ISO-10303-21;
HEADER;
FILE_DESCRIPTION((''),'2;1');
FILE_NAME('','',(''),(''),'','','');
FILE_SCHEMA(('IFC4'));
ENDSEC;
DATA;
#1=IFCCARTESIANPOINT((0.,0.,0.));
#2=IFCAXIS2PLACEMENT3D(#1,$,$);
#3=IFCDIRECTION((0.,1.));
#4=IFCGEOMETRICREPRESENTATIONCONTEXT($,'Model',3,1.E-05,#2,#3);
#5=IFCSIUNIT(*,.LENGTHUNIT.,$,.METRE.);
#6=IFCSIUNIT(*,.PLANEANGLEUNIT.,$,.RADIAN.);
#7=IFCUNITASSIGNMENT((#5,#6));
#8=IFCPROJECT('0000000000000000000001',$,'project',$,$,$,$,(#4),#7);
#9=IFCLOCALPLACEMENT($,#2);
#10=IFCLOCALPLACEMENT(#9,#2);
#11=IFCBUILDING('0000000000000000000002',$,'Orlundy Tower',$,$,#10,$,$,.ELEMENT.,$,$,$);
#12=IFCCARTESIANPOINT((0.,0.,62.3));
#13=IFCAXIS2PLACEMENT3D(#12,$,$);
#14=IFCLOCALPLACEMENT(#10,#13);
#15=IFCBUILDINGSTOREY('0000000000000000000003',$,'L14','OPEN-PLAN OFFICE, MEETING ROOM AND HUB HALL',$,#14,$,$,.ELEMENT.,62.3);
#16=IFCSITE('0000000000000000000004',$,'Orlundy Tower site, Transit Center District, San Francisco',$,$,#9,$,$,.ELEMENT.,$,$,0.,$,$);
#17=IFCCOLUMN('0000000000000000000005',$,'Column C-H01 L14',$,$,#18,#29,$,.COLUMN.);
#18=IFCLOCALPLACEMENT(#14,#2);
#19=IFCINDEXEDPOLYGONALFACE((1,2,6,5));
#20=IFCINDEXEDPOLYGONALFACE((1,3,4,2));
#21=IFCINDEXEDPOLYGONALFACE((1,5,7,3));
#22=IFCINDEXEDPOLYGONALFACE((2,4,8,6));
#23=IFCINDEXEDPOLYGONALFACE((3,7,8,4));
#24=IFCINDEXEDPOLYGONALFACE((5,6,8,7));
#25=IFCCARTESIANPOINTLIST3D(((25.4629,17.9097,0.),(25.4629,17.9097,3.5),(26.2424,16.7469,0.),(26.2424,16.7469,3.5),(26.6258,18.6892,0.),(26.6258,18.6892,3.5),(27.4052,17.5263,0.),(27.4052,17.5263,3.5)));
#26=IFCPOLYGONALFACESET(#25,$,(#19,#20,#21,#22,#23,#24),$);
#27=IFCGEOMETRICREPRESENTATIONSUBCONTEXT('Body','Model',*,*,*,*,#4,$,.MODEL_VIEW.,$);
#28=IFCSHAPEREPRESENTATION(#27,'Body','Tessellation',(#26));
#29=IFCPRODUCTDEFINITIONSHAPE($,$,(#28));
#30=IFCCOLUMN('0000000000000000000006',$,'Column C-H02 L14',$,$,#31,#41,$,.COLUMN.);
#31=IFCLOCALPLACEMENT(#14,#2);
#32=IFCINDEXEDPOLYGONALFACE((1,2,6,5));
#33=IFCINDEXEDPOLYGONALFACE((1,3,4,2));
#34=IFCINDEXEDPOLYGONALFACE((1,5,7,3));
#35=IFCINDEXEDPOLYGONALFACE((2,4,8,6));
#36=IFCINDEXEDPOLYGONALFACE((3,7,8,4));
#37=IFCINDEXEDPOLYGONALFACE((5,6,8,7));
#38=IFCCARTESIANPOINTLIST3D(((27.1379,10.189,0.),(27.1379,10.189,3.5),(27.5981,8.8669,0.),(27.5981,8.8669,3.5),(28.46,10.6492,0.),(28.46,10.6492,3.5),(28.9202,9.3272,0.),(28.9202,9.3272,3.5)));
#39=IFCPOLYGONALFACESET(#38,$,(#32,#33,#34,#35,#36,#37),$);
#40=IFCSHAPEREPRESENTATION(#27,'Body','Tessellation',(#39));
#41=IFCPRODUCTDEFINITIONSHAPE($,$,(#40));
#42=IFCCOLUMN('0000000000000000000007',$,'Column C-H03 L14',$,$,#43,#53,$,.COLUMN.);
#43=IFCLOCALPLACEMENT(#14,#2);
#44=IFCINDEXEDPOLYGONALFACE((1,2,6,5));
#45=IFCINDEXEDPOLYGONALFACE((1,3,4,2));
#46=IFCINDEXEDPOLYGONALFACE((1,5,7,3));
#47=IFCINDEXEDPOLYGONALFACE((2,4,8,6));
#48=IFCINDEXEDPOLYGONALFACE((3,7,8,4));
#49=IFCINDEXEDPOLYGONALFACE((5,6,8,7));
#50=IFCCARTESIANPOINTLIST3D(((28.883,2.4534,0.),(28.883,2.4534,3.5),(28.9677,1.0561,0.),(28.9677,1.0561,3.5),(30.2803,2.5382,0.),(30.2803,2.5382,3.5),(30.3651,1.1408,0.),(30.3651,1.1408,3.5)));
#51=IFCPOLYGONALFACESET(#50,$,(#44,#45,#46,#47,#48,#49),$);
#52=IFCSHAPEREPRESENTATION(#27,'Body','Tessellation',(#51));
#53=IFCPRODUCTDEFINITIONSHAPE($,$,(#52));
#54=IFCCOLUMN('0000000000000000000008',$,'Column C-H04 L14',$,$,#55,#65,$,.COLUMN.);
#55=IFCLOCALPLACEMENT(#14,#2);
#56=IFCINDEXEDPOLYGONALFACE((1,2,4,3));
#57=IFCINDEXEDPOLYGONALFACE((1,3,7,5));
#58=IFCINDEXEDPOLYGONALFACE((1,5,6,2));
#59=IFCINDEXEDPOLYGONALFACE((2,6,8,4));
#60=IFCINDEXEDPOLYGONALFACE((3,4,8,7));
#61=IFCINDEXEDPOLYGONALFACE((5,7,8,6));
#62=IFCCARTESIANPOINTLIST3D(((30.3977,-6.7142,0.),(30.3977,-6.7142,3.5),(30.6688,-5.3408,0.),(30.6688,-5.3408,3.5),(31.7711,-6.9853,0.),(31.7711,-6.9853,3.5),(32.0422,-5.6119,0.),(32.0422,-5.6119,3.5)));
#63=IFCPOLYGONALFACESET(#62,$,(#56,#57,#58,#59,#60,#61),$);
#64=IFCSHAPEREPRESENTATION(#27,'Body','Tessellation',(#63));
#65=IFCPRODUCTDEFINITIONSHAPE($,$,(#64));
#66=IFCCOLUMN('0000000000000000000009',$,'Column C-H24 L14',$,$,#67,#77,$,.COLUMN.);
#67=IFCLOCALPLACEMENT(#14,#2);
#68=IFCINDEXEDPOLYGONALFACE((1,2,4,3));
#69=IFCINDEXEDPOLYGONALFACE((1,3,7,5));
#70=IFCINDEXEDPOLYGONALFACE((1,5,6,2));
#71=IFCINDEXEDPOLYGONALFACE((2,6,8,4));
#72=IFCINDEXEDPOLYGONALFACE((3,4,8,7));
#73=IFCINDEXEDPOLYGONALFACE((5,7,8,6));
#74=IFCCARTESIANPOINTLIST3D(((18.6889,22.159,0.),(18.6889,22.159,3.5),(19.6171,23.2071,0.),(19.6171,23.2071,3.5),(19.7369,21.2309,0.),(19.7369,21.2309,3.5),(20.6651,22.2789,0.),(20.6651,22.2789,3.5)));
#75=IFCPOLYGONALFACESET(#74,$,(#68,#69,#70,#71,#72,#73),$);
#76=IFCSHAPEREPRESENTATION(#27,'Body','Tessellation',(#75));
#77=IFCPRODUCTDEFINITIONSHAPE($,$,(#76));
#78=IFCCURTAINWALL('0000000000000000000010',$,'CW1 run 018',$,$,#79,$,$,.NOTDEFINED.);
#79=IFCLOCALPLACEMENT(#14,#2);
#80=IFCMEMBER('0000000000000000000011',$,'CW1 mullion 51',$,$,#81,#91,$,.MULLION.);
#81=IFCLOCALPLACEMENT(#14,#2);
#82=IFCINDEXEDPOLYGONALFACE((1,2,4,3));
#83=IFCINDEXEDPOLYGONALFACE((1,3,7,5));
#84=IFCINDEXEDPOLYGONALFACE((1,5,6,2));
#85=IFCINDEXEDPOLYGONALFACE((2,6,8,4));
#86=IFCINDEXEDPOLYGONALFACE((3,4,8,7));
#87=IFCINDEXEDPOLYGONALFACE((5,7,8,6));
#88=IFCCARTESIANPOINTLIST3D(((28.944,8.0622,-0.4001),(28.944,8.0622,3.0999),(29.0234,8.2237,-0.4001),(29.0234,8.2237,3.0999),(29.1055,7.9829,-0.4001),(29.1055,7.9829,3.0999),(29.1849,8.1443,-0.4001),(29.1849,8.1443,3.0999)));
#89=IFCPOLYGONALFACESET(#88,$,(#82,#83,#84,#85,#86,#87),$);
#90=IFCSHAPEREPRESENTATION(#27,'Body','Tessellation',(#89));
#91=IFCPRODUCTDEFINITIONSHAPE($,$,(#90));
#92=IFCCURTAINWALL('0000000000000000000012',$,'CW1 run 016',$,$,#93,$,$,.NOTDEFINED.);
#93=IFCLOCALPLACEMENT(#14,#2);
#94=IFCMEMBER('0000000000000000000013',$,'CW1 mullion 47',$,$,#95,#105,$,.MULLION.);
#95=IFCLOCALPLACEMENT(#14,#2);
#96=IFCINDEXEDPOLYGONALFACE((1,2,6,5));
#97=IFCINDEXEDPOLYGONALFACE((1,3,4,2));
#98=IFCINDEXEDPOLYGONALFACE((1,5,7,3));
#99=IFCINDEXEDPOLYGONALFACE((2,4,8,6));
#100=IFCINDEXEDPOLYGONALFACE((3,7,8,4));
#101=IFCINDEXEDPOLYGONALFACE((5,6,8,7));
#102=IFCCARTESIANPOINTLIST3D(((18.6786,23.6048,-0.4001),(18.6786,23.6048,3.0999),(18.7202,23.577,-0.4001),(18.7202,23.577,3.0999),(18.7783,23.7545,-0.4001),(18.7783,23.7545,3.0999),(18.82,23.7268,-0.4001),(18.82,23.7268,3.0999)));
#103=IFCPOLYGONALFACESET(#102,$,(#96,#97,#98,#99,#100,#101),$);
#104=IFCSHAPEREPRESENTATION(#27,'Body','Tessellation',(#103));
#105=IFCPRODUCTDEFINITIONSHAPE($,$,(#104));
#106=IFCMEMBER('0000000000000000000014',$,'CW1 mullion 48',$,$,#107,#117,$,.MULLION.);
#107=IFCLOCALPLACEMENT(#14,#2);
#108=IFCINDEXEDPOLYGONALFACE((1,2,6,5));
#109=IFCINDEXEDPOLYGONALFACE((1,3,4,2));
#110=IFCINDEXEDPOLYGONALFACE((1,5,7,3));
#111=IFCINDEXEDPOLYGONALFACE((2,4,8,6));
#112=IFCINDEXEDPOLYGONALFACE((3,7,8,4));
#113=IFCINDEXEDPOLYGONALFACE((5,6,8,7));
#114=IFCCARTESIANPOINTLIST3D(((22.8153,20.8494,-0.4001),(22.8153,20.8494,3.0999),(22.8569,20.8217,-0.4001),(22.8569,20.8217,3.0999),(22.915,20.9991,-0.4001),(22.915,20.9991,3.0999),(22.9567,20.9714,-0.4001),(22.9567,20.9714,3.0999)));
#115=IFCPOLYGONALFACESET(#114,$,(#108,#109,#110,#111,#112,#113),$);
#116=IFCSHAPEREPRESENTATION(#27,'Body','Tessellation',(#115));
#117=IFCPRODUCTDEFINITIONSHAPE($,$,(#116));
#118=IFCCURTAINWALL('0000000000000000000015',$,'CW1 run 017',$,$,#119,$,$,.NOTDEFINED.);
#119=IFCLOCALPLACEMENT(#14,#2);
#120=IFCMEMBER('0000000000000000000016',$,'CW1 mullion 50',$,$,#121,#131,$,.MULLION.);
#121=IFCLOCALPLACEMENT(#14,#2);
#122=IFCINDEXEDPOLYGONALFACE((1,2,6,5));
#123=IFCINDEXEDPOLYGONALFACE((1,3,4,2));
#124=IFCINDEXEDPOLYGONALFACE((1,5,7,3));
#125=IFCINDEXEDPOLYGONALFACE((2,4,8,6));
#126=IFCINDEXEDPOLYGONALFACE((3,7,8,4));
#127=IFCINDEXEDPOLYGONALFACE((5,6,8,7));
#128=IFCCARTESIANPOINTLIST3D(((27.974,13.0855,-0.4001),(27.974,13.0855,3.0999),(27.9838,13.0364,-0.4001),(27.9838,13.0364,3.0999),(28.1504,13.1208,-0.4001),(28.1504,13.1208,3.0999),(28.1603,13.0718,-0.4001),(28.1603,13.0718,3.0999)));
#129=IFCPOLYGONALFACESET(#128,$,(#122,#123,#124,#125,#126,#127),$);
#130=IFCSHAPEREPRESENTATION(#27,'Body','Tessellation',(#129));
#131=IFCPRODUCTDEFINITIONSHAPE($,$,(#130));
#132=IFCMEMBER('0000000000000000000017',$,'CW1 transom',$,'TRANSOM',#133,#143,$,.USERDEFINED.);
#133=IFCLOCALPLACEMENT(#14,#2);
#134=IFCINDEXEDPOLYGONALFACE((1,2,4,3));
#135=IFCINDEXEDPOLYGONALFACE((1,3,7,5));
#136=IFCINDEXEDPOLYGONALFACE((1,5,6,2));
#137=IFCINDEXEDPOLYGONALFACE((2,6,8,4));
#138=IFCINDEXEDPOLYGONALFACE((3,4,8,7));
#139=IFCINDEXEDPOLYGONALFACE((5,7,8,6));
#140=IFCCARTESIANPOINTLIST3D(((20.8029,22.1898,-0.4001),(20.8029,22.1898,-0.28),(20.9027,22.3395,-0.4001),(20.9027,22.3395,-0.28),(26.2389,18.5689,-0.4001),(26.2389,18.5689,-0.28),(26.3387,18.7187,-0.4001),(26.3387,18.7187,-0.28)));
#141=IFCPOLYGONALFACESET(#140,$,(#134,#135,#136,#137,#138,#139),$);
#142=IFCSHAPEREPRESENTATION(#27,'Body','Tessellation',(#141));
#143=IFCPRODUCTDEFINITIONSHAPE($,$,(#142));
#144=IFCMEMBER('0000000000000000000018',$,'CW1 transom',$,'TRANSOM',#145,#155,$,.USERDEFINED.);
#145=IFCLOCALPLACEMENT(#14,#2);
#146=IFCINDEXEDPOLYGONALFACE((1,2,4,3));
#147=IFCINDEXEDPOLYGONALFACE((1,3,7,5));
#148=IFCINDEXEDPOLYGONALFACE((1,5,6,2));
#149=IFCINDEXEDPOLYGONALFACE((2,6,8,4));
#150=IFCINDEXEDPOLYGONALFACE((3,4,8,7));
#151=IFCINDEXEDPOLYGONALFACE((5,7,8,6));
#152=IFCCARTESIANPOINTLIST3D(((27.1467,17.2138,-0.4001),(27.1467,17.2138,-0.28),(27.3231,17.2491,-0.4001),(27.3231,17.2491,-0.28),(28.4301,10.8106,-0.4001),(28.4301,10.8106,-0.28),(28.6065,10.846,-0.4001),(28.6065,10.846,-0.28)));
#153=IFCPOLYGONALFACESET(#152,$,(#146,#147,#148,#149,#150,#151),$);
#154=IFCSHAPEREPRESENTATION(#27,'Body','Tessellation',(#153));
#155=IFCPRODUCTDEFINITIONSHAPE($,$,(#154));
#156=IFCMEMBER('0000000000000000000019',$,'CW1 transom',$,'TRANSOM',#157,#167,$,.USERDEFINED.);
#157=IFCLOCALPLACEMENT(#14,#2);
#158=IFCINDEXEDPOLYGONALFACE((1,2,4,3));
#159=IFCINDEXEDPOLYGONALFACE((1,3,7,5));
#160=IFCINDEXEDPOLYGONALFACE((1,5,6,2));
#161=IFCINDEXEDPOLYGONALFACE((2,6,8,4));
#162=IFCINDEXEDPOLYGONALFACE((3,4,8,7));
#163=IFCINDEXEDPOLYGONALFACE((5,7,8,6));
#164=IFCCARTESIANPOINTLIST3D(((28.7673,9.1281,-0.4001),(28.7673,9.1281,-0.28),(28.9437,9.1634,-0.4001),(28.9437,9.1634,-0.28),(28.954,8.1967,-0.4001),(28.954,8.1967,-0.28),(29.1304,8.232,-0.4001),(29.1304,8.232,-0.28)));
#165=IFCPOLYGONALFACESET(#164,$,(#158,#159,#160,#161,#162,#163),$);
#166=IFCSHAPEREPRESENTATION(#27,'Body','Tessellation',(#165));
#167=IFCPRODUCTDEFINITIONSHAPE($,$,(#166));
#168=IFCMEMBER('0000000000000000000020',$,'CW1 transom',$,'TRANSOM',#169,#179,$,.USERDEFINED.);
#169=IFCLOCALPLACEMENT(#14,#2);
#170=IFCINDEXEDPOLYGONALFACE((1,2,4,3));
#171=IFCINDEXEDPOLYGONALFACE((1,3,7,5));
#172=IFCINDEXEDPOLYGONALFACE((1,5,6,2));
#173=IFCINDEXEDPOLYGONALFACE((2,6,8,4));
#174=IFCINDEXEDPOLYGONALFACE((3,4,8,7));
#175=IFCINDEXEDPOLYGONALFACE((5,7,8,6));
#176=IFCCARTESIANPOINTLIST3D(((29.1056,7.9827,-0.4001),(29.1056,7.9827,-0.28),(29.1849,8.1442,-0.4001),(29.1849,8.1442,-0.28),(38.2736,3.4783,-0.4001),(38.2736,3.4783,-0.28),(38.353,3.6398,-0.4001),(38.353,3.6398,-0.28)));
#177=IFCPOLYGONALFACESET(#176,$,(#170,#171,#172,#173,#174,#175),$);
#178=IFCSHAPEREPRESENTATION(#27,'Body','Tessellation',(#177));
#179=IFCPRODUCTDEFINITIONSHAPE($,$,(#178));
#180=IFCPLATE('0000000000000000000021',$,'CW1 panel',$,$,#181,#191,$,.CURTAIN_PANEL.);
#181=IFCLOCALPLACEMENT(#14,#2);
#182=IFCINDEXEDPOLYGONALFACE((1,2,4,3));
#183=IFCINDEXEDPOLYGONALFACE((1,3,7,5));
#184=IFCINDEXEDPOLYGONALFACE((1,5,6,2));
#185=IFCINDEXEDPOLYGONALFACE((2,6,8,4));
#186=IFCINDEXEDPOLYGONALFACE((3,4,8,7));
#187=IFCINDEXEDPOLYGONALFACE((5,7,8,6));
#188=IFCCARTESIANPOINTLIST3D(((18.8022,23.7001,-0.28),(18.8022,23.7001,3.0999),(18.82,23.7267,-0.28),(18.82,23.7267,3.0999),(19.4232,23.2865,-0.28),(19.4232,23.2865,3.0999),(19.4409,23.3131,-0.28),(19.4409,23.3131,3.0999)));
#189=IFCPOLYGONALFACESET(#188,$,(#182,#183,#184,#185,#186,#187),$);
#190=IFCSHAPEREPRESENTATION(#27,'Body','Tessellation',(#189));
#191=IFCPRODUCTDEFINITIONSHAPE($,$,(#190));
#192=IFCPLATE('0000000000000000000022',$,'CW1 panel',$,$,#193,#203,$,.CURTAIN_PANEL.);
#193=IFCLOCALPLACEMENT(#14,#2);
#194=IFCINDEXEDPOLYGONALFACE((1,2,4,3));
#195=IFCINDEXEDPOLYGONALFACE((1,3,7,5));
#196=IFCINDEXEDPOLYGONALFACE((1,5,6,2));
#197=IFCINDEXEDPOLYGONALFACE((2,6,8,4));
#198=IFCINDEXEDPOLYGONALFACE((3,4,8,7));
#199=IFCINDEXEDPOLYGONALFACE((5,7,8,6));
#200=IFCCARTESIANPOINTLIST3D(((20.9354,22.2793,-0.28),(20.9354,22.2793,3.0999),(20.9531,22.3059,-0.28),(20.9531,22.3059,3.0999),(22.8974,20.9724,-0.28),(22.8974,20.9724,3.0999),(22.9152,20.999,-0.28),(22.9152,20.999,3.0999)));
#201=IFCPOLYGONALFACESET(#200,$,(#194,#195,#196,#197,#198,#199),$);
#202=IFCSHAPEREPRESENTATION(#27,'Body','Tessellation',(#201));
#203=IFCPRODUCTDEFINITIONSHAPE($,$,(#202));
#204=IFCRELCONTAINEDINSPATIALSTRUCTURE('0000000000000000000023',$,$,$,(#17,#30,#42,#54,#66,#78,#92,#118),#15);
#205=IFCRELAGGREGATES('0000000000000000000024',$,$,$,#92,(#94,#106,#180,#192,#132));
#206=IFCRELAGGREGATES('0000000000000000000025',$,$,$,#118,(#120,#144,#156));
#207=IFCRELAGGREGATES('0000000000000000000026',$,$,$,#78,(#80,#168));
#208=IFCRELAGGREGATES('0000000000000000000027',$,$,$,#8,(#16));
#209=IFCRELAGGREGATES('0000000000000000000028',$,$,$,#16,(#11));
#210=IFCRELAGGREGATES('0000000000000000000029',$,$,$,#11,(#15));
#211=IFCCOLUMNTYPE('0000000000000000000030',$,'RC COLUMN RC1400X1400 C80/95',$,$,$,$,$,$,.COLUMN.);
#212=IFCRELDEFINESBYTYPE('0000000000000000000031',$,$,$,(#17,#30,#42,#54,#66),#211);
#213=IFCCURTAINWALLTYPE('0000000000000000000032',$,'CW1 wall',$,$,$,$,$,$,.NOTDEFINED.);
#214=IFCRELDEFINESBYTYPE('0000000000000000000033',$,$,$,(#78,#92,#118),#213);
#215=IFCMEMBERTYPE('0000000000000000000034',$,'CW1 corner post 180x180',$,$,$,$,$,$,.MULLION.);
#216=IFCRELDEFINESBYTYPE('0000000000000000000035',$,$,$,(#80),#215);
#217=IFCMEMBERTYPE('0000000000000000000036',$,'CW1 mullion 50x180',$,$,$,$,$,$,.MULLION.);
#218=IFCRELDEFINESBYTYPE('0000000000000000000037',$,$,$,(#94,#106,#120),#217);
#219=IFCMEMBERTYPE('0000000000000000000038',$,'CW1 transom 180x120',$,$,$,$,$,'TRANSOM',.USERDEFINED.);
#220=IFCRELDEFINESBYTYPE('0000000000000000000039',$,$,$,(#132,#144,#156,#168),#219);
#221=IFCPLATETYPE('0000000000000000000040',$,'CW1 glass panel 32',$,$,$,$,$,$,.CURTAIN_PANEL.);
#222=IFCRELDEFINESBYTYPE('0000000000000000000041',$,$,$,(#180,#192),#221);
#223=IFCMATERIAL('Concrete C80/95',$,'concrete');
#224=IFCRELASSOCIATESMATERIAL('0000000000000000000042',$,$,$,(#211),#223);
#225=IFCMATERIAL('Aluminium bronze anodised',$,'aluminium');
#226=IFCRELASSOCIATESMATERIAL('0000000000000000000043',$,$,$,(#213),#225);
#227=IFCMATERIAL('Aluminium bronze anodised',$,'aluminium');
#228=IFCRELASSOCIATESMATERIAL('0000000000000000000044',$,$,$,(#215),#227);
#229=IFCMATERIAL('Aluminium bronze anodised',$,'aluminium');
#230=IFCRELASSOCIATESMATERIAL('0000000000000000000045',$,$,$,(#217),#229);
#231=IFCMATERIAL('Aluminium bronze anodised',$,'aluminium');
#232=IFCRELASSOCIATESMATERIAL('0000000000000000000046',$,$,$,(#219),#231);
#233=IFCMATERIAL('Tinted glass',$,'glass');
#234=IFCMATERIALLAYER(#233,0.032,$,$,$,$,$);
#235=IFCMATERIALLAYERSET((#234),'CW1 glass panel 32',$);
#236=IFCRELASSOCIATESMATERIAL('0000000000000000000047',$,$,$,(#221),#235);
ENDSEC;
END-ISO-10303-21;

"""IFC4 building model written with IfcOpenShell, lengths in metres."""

from ifc_helpers import new_model, si_unit, direction, frame, origin, origin_2d, place, context, subcontext, project, spatial, rectangle, extrude, material, layer, layer_set, material_profile, profile_set, type_object, element, aggregate, save


model = new_model("IFC4")

# Units and contexts
model_context = context("Model", 3, precision=1e-05, world=origin(), true_north=direction((0.0, 1.0)))
body_context = subcontext(model_context, "Body", "Model", "MODEL_VIEW")
ifc_project = project(units=[si_unit("LENGTHUNIT", "METRE"), si_unit("PLANEANGLEUNIT", "RADIAN")], contexts=[model_context])

# Site, building, storey
site_placement = place(None, origin())
site = spatial("IfcSite", under=ifc_project, at=site_placement, Name="Orlundy Tower site, Transit Center District, San Francisco", CompositionType="ELEMENT", RefElevation=0.0)
building_placement = place(site_placement, origin())
building = spatial("IfcBuilding", under=site, at=building_placement, Name="Orlundy Tower", CompositionType="ELEMENT")
storey_placement = place(building_placement, frame((0.0, 0.0, 62.3)))
storey = spatial("IfcBuildingStorey", under=building, at=storey_placement, Name="L14", Description="OPEN-PLAN OFFICE, MEETING ROOM AND HUB HALL", CompositionType="ELEMENT", Elevation=62.3)

# Columns
ifc_material_1 = material(Name="Concrete C80/95", Category="concrete")
ifc_material_profile_1 = material_profile(ifc_material_1, rectangle(XDim=1.3999, YDim=1.3999, at=origin_2d()), Name="RC1400X1400")
ifc_profile_set_1 = profile_set([ifc_material_profile_1], Name="Concrete C80/95")
column_type = type_object("IfcColumnType", Name="RC COLUMN RC1400X1400 C80/95", PredefinedType="COLUMN", material=ifc_profile_set_1)
for number, where, z_axis, x_axis, name in (
    (1, (26.4341, 17.718, 0.0), (0.0, 0.0, 1.0), (0.830664, 0.556774, 0.0), "Column C-H01 L14"),
    (2, (28.0291, 9.7581, 0.0), (0.0, 0.0, 1.0), (0.944405, 0.328784, 0.0), "Column C-H02 L14"),
    (3, (29.624, 1.7971, 0.0), (0.0, 0.0, 1.0), (0.998166, 0.060543, 0.0), "Column C-H03 L14"),
    (4, (31.22, -6.1631, 0.0), (0.0, 0.0, 1.0), (0.981067, -0.193669, 0.0), "Column C-H04 L14"),
    (5, (19.677, 22.219, 0.0), (0.0, 0.0, 1.0), (0.662986, 0.748632, 0.0), "Column C-H24 L14"),
):
    element("IfcColumn", number, at=place(storey_placement, frame(where, z_axis=z_axis, x_axis=x_axis)), inside=storey, type_object=column_type, Name=name, PredefinedType="COLUMN", context=body_context, shape_type="SweptSolid", body=[
        extrude(rectangle(XDim=1.3999, YDim=1.3999, at=origin_2d()), origin(), (0.0, 0.0, 1.0), 3.5),
    ])

# Curtain wall, member
ifc_material_2 = material(Name="Aluminium bronze anodised", Category="aluminium")
curtain_wall_type = type_object("IfcCurtainWallType", Name="CW1 wall", PredefinedType="NOTDEFINED", material=ifc_material_2)
curtain_wall_1_placement = place(storey_placement, origin())
curtain_wall_1 = element("IfcCurtainWall", 6, at=curtain_wall_1_placement, inside=storey, type_object=curtain_wall_type, Name="CW1 run 018", PredefinedType="NOTDEFINED")
ifc_material_3 = material(Name="Aluminium bronze anodised", Category="aluminium")
ifc_material_profile_2 = material_profile(ifc_material_3, rectangle(XDim=0.1799, YDim=0.1799, at=origin_2d()), Name="CW1 corner post 180x180")
ifc_profile_set_2 = profile_set([ifc_material_profile_2], Name="Aluminium bronze anodised")
member_type_1 = type_object("IfcMemberType", Name="CW1 corner post 180x180", PredefinedType="MULLION", material=ifc_profile_set_2)
member_1_placement = place(storey_placement, frame((29.0645, 8.1033, -0.4001), z_axis=(0.0, 0.0, 1.0), x_axis=(0.440978, 0.897518, 0.0)))
member_1 = element("IfcMember", 7, at=member_1_placement, type_object=member_type_1, Name="CW1 mullion 51", PredefinedType="MULLION", context=body_context, shape_type="SweptSolid", body=[
    extrude(rectangle(XDim=0.1799, YDim=0.1799, at=origin_2d()), origin(), (0.0, 0.0, 1.0), 3.5),
])

# Curtain wall, members
curtain_wall_2_placement = place(storey_placement, origin())
curtain_wall_2 = element("IfcCurtainWall", 8, at=curtain_wall_2_placement, inside=storey, type_object=curtain_wall_type, Name="CW1 run 016", PredefinedType="NOTDEFINED")
ifc_material_4 = material(Name="Aluminium bronze anodised", Category="aluminium")
ifc_material_profile_3 = material_profile(ifc_material_4, rectangle(XDim=0.1799, YDim=0.05, at=origin_2d()), Name="CW1 mullion 50x180")
ifc_profile_set_3 = profile_set([ifc_material_profile_3], Name="Aluminium bronze anodised")
member_type_2 = type_object("IfcMemberType", Name="CW1 mullion 50x180", PredefinedType="MULLION", material=ifc_profile_set_3)
member_2_placement = place(storey_placement, frame((18.7493, 23.6658, -0.4001), z_axis=(0.0, 0.0, 1.0), x_axis=(0.554357, 0.832279, 0.0)))
member_2 = element("IfcMember", 9, at=member_2_placement, type_object=member_type_2, Name="CW1 mullion 47", PredefinedType="MULLION", context=body_context, shape_type="SweptSolid", body=[
    extrude(rectangle(XDim=0.1799, YDim=0.05, at=origin_2d()), origin(), (0.0, 0.0, 1.0), 3.5),
])
member_3_placement = place(storey_placement, frame((22.886, 20.9104, -0.4001), z_axis=(0.0, 0.0, 1.0), x_axis=(0.554357, 0.832279, 0.0)))
member_3 = element("IfcMember", 10, at=member_3_placement, type_object=member_type_2, Name="CW1 mullion 48", PredefinedType="MULLION", context=body_context, shape_type="SweptSolid", body=[
    extrude(rectangle(XDim=0.1799, YDim=0.05, at=origin_2d()), origin(), (0.0, 0.0, 1.0), 3.5),
])

# Curtain wall, member
curtain_wall_3_placement = place(storey_placement, origin())
curtain_wall_3 = element("IfcCurtainWall", 11, at=curtain_wall_3_placement, inside=storey, type_object=curtain_wall_type, Name="CW1 run 017", PredefinedType="NOTDEFINED")
member_4_placement = place(storey_placement, frame((28.0671, 13.0786, -0.4001), z_axis=(0.0, 0.0, 1.0), x_axis=(0.980498, 0.196529, 0.0)))
member_4 = element("IfcMember", 12, at=member_4_placement, type_object=member_type_2, Name="CW1 mullion 50", PredefinedType="MULLION", context=body_context, shape_type="SweptSolid", body=[
    extrude(rectangle(XDim=0.1799, YDim=0.05, at=origin_2d()), origin(), (0.0, 0.0, 1.0), 3.5),
])

# Members
ifc_material_5 = material(Name="Aluminium bronze anodised", Category="aluminium")
ifc_material_profile_4 = material_profile(ifc_material_5, rectangle(XDim=0.1799, YDim=0.1201, at=origin_2d()), Name="CW1 transom 180x120")
ifc_profile_set_4 = profile_set([ifc_material_profile_4], Name="Aluminium bronze anodised")
member_type_3 = type_object("IfcMemberType", Name="CW1 transom 180x120", ElementType="TRANSOM", PredefinedType="USERDEFINED", material=ifc_profile_set_4)
member_5_placement = place(storey_placement, frame((20.8528, 22.2646, -0.3401), z_axis=(0.832274, -0.554364, 0.0), x_axis=(0.554364, 0.832274, 0.0)))
member_5 = element("IfcMember", 13, at=member_5_placement, type_object=member_type_3, Name="CW1 transom", ObjectType="TRANSOM", PredefinedType="USERDEFINED", context=body_context, shape_type="SweptSolid", body=[
    extrude(rectangle(XDim=0.1799, YDim=0.1201, at=origin_2d()), origin(), (0.0, 0.0, 1.0), 6.5315),
])
member_6_placement = place(storey_placement, frame((27.2349, 17.2314, -0.3401), z_axis=(0.196533, -0.980497, 0.0), x_axis=(0.980497, 0.196533, 0.0)))
member_6 = element("IfcMember", 14, at=member_6_placement, type_object=member_type_3, Name="CW1 transom", ObjectType="TRANSOM", PredefinedType="USERDEFINED", context=body_context, shape_type="SweptSolid", body=[
    extrude(rectangle(XDim=0.1799, YDim=0.1201, at=origin_2d()), origin(), (0.0, 0.0, 1.0), 6.5305),
])
member_7_placement = place(storey_placement, frame((28.8555, 9.1458, -0.3401), z_axis=(0.19661, -0.980482, 0.0), x_axis=(0.980482, 0.19661, 0.0)))
member_7 = element("IfcMember", 15, at=member_7_placement, type_object=member_type_3, Name="CW1 transom", ObjectType="TRANSOM", PredefinedType="USERDEFINED", context=body_context, shape_type="SweptSolid", body=[
    extrude(rectangle(XDim=0.1799, YDim=0.1201, at=origin_2d()), origin(), (0.0, 0.0, 1.0), 0.95),
])
member_8_placement = place(storey_placement, frame((29.1453, 8.0635, -0.3401), z_axis=(0.897522, -0.440969, 0.0), x_axis=(0.440969, 0.897522, 0.0)))
member_8 = element("IfcMember", 16, at=member_8_placement, type_object=member_type_3, Name="CW1 transom", ObjectType="TRANSOM", PredefinedType="USERDEFINED", context=body_context, shape_type="SweptSolid", body=[
    extrude(rectangle(XDim=0.1799, YDim=0.1201, at=origin_2d()), origin(), (0.0, 0.0, 1.0), 10.2148),
])

# Plates
ifc_material_6 = material(Name="Tinted glass", Category="glass")
ifc_layer_1 = layer(ifc_material_6, 0.032)
ifc_layer_set_1 = layer_set([ifc_layer_1], Name="CW1 glass panel 32")
plate_type = type_object("IfcPlateType", Name="CW1 glass panel 32", PredefinedType="CURTAIN_PANEL", material=ifc_layer_set_1)
plate_1_placement = place(storey_placement, frame((19.1216, 23.5066, -0.28), z_axis=(0.0, 0.0, 1.0), x_axis=(0.832279, -0.554357, 0.0)))
plate_1 = element("IfcPlate", 17, at=plate_1_placement, type_object=plate_type, Name="CW1 panel", PredefinedType="CURTAIN_PANEL", context=body_context, shape_type="SweptSolid", body=[
    extrude(rectangle(XDim=0.7461, YDim=0.032, at=origin_2d()), origin(), (0.0, 0.0, 1.0), 3.3799),
])
plate_2_placement = place(storey_placement, frame((21.9253, 21.6392, -0.28), z_axis=(0.0, 0.0, 1.0), x_axis=(0.832279, -0.554357, 0.0)))
plate_2 = element("IfcPlate", 18, at=plate_2_placement, type_object=plate_type, Name="CW1 panel", PredefinedType="CURTAIN_PANEL", context=body_context, shape_type="SweptSolid", body=[
    extrude(rectangle(XDim=2.3574, YDim=0.032, at=origin_2d()), origin(), (0.0, 0.0, 1.0), 3.3799),
])
aggregate(curtain_wall_2, [member_2, member_3, plate_1, plate_2, member_5])
aggregate(curtain_wall_3, [member_4, member_6, member_7])
aggregate(curtain_wall_1, [member_1, member_8])

save(model, "model.ifc")
